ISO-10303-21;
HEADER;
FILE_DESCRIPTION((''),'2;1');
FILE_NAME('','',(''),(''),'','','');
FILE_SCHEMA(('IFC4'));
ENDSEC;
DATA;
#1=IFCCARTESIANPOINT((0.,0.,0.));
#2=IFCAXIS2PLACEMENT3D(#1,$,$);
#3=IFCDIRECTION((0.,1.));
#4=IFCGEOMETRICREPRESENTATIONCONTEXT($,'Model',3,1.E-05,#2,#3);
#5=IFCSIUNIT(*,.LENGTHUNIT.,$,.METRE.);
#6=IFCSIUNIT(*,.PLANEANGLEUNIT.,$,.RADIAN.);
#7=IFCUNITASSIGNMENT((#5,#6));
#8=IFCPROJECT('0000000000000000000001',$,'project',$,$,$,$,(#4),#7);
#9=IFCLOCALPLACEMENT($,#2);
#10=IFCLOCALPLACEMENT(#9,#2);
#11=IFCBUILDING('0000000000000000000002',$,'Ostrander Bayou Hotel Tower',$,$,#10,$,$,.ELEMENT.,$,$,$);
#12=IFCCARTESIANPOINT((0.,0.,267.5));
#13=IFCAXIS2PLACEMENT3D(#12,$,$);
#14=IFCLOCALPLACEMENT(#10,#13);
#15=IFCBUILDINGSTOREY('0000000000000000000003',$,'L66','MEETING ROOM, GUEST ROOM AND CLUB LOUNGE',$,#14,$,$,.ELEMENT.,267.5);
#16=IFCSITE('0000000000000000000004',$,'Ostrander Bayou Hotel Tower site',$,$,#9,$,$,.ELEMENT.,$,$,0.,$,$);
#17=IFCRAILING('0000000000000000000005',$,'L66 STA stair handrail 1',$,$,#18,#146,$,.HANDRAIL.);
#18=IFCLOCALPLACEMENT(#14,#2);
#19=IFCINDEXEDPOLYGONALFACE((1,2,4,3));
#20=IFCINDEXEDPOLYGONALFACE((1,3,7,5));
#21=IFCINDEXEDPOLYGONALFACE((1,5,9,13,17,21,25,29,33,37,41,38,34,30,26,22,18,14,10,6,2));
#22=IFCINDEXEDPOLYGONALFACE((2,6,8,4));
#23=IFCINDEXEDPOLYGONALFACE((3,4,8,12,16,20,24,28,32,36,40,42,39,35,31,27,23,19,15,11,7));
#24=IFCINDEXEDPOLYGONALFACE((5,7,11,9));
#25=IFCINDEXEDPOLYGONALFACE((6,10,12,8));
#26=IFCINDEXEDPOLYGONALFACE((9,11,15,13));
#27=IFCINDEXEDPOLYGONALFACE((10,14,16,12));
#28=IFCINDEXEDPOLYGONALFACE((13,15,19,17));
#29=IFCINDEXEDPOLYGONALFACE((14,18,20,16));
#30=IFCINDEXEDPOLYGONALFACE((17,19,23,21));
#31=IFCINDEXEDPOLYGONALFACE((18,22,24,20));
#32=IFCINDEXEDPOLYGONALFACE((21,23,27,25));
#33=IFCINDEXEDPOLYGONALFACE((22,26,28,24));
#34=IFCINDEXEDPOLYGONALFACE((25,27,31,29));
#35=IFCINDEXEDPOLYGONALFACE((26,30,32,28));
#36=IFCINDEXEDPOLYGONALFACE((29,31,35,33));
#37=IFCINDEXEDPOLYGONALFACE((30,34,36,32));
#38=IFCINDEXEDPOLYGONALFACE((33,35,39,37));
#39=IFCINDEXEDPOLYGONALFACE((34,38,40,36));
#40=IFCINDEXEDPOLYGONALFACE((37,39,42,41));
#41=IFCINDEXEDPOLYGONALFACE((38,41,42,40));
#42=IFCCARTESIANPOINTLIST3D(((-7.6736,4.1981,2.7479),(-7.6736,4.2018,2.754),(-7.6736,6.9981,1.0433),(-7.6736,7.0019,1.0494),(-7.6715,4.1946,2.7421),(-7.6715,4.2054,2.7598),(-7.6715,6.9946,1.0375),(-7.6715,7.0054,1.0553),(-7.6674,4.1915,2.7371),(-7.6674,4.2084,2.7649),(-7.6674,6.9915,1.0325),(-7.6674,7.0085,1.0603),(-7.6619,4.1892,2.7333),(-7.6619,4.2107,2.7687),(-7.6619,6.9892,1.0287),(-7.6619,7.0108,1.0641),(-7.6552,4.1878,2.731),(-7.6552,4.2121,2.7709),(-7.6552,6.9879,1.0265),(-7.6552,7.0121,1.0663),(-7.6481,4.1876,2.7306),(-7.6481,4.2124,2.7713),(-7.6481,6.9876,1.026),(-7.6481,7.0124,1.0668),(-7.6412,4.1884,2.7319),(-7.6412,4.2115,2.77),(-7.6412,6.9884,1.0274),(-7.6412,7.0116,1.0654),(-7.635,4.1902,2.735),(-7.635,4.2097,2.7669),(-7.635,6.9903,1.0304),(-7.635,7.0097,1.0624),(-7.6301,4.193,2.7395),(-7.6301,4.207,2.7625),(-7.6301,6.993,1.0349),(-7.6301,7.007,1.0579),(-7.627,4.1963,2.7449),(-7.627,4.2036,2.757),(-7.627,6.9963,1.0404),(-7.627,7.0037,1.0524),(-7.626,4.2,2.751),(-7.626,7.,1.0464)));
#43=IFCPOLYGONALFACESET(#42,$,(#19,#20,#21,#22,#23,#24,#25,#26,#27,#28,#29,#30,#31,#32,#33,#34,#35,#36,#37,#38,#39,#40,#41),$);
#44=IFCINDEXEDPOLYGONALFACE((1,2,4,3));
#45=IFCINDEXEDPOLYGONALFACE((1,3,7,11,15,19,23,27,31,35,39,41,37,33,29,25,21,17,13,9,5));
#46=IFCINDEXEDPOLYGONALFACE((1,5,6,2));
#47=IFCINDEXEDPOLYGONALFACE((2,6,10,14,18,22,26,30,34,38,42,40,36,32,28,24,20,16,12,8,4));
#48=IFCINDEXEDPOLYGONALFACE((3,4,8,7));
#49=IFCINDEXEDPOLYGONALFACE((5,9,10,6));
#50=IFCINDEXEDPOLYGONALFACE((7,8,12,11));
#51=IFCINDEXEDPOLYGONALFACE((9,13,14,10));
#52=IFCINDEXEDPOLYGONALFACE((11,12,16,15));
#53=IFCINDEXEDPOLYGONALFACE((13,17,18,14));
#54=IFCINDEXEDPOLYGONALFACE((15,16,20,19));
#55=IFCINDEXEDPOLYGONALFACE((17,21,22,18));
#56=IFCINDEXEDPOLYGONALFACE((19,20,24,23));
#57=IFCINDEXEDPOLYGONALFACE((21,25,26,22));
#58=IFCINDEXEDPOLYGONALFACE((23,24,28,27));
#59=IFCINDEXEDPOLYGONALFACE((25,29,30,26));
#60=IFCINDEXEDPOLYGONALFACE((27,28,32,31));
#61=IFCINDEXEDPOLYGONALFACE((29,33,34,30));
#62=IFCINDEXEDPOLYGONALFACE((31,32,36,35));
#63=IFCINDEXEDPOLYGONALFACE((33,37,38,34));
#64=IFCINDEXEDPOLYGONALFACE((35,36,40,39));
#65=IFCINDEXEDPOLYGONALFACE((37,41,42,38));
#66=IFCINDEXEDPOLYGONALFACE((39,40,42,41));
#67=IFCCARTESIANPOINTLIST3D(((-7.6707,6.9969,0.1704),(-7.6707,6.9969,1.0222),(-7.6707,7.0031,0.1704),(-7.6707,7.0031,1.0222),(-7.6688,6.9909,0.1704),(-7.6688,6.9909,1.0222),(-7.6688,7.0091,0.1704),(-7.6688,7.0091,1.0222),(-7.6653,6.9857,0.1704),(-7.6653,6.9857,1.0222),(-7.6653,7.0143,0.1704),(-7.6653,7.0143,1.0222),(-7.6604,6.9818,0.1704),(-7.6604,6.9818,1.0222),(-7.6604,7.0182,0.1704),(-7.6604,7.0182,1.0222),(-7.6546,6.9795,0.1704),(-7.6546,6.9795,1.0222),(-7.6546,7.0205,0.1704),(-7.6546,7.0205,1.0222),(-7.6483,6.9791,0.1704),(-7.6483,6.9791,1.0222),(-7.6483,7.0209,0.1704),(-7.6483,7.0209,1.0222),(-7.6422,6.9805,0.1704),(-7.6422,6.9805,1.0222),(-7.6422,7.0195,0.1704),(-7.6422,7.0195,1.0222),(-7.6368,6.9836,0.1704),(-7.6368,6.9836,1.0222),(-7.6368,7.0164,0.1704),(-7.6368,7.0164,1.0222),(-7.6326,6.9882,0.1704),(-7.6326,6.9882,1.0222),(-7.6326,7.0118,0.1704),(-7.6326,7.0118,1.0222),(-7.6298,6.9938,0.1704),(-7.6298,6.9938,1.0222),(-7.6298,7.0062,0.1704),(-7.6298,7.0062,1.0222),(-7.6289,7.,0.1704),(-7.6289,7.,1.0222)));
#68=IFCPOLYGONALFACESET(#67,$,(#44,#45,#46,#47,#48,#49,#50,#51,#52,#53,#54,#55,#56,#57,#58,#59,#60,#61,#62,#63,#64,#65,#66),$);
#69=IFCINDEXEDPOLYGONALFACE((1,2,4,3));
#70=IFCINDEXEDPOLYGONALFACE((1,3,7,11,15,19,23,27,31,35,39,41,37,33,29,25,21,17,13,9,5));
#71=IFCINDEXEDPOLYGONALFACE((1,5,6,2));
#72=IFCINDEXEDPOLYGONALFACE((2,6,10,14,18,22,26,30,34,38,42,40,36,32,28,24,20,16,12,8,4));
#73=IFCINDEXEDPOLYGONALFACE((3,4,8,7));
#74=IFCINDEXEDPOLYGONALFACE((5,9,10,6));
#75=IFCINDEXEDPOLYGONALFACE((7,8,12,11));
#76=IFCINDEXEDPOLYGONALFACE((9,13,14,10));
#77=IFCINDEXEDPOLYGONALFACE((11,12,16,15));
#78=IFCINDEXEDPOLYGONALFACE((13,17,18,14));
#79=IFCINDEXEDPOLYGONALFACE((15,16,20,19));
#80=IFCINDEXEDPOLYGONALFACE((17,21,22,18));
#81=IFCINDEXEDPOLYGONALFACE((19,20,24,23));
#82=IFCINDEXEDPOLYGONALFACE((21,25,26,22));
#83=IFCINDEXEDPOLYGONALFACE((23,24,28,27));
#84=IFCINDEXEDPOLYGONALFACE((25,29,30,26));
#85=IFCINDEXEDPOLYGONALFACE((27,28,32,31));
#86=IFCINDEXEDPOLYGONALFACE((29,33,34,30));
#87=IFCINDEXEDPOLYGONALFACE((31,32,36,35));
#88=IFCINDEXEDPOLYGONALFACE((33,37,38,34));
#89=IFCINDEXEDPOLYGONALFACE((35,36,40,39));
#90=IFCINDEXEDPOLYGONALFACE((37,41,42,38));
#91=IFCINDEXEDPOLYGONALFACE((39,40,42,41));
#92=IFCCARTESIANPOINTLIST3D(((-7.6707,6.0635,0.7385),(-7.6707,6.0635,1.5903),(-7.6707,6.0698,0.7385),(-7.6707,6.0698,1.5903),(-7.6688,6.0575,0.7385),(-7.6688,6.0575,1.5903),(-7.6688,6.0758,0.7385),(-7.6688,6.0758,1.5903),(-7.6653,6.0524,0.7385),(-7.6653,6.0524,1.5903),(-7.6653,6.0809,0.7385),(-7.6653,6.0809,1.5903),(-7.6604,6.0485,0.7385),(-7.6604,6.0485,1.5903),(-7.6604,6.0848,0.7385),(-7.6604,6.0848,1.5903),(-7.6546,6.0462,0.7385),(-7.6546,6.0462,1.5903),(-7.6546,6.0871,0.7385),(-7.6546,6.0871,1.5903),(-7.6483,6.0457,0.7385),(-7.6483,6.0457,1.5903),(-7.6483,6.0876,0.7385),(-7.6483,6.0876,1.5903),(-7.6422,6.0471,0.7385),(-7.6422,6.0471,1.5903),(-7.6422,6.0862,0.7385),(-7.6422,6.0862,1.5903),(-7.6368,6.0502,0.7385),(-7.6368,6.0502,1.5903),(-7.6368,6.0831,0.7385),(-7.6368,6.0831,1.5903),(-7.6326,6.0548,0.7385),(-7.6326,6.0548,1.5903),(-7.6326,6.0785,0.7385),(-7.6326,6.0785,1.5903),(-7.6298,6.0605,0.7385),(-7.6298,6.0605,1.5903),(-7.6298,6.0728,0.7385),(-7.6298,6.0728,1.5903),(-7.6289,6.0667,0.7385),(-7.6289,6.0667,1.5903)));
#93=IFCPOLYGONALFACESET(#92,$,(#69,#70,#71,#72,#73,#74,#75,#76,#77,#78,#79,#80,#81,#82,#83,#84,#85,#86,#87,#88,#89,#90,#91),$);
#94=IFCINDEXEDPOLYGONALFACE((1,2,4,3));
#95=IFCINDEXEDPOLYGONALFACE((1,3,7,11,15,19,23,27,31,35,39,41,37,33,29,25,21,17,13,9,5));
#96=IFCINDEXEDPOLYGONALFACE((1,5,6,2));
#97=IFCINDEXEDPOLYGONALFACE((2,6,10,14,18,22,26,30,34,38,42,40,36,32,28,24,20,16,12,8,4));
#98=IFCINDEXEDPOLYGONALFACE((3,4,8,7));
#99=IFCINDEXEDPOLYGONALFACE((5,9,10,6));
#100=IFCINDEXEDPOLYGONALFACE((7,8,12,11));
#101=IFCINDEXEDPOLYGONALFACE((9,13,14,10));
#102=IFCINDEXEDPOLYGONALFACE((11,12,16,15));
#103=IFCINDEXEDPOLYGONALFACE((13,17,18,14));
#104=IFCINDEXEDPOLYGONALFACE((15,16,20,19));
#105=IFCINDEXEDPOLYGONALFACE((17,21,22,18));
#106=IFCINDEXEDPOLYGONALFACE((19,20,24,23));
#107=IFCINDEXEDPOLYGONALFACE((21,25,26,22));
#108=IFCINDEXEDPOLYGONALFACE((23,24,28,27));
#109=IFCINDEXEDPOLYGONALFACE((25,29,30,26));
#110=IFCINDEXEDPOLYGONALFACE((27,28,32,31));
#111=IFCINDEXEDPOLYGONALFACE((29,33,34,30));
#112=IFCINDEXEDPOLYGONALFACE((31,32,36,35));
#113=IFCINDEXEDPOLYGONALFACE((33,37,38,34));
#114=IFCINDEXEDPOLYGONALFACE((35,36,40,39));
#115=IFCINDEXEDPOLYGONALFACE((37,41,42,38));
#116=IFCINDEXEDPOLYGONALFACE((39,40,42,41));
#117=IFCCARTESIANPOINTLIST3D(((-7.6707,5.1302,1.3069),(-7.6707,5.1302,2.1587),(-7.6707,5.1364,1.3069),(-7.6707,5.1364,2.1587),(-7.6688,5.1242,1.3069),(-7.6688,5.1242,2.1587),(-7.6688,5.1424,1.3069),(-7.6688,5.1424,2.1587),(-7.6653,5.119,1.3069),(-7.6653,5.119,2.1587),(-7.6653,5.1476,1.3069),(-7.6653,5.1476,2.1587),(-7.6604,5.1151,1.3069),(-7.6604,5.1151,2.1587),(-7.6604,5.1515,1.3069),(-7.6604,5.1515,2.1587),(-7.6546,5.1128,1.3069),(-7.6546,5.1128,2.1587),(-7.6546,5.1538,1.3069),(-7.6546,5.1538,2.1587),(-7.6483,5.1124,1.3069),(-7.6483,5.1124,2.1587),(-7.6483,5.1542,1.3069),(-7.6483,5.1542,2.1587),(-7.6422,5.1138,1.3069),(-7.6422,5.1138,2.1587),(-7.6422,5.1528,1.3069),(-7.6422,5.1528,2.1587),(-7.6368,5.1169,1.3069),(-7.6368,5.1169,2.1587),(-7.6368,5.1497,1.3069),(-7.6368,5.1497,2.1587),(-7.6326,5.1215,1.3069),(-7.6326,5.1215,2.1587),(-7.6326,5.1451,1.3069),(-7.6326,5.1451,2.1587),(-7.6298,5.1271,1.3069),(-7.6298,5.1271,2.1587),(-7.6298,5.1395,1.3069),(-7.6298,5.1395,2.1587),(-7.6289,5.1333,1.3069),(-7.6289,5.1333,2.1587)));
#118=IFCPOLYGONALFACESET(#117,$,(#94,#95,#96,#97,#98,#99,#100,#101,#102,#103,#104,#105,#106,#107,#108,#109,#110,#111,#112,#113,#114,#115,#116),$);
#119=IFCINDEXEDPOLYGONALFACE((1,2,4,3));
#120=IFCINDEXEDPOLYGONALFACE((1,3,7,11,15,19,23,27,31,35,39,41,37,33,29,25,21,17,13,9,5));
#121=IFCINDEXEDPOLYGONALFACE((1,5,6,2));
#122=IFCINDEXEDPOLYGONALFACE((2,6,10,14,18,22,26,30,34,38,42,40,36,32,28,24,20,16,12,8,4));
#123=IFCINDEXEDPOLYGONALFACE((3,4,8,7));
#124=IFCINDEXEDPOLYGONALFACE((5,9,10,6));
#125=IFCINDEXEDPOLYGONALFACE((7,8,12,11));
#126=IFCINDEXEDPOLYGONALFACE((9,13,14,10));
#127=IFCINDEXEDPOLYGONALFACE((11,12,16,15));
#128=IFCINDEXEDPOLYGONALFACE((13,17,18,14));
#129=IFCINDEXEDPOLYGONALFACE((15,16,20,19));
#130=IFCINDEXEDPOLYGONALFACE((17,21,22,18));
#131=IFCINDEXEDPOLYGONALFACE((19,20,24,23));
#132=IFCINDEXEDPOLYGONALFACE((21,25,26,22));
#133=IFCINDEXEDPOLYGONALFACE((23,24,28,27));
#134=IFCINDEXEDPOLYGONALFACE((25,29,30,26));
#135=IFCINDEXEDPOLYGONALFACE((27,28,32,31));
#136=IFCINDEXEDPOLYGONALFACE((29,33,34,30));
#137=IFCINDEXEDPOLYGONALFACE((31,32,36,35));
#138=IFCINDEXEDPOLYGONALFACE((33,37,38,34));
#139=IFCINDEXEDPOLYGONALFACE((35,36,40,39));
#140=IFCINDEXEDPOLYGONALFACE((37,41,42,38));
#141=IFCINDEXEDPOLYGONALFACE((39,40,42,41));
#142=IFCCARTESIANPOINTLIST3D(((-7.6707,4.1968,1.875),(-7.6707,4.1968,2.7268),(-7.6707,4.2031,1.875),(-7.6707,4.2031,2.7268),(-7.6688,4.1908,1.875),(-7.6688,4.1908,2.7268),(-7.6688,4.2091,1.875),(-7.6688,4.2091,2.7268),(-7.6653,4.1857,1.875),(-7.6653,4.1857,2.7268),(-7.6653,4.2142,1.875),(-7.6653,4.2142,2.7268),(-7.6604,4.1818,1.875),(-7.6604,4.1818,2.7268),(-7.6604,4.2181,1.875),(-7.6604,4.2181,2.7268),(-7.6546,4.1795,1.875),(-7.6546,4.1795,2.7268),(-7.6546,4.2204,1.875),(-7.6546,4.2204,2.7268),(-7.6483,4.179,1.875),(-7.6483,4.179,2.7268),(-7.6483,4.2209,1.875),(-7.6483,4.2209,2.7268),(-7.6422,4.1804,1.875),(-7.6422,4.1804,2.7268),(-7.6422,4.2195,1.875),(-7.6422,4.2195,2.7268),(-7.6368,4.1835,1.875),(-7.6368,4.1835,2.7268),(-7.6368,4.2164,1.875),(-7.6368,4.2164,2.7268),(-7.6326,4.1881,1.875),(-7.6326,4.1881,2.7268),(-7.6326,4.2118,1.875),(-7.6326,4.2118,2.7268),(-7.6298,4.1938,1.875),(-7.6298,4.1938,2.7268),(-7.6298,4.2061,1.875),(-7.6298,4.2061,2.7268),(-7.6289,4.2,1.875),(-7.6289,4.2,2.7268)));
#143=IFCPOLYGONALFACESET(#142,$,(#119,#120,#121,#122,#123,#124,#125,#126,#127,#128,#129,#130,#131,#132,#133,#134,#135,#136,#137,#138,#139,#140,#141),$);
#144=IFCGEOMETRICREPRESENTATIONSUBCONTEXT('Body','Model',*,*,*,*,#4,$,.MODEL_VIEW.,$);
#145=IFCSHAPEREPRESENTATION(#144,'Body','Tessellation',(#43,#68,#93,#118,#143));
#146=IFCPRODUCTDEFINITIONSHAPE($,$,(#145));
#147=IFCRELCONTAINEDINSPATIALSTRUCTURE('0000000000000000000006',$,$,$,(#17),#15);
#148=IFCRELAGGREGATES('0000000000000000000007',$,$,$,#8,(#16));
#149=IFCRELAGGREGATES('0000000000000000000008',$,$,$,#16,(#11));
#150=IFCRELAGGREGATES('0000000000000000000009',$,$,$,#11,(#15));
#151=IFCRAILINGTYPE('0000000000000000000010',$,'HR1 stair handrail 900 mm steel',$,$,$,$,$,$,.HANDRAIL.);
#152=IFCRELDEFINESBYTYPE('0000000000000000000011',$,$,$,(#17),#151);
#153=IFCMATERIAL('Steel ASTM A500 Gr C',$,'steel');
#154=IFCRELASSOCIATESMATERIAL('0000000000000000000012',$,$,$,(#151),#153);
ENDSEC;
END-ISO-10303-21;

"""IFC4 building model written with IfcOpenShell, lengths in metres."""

from ifc_helpers import new_model, si_unit, direction, frame, origin, origin_2d, place, context, subcontext, project, spatial, circle, extrude, material, type_object, element, save


model = new_model("IFC4")

# Units and contexts
model_context = context("Model", 3, precision=1e-05, world=origin(), true_north=direction((0.0, 1.0)))
body_context = subcontext(model_context, "Body", "Model", "MODEL_VIEW")
ifc_project = project(units=[si_unit("LENGTHUNIT", "METRE"), si_unit("PLANEANGLEUNIT", "RADIAN")], contexts=[model_context])

# Site, building, storey
site_placement = place(None, origin())
site = spatial("IfcSite", under=ifc_project, at=site_placement, Name="Ostrander Bayou Hotel Tower site", CompositionType="ELEMENT", RefElevation=0.0)
building_placement = place(site_placement, origin())
building = spatial("IfcBuilding", under=site, at=building_placement, Name="Ostrander Bayou Hotel Tower", CompositionType="ELEMENT")
storey_placement = place(building_placement, frame((0.0, 0.0, 267.5)))
storey = spatial("IfcBuildingStorey", under=building, at=storey_placement, Name="L66", Description="MEETING ROOM, GUEST ROOM AND CLUB LOUNGE", CompositionType="ELEMENT", Elevation=267.5)

# Railing
ifc_material_1 = material(Name="Steel ASTM A500 Gr C", Category="steel")
railing_type_1 = type_object("IfcRailingType", Name="HR1 stair handrail 900 mm steel", PredefinedType="HANDRAIL", material=ifc_material_1)
railing_1_placement = place(storey_placement, frame((-7.6499, 7.0, 0.1704)))
element("IfcRailing", 1, at=railing_1_placement, inside=storey, type_object=railing_type_1, Name="L66 STA stair handrail 1", PredefinedType="HANDRAIL", context=body_context, shape_type="SweptSolid", body=[
    extrude(circle(Radius=0.0239, at=origin_2d()), frame((0.0, 0.0, 0.876), z_axis=(0.0, -0.85417, 0.519994), x_axis=(1.0, 0.0, 0.0)), (0.0, 0.0, 1.0), 3.2781),
    extrude(circle(Radius=0.021, at=origin_2d()), origin(), (0.0, 0.0, 1.0), 0.8518),
    extrude(circle(Radius=0.021, at=origin_2d()), frame((0.0, -0.9333, 0.5681)), (0.0, 0.0, 1.0), 0.8518),
    extrude(circle(Radius=0.021, at=origin_2d()), frame((0.0, -1.8667, 1.1365)), (0.0, 0.0, 1.0), 0.8518),
    extrude(circle(Radius=0.021, at=origin_2d()), frame((0.0, -2.8, 1.7046)), (0.0, 0.0, 1.0), 0.8518),
])

save(model, "model.ifc")
